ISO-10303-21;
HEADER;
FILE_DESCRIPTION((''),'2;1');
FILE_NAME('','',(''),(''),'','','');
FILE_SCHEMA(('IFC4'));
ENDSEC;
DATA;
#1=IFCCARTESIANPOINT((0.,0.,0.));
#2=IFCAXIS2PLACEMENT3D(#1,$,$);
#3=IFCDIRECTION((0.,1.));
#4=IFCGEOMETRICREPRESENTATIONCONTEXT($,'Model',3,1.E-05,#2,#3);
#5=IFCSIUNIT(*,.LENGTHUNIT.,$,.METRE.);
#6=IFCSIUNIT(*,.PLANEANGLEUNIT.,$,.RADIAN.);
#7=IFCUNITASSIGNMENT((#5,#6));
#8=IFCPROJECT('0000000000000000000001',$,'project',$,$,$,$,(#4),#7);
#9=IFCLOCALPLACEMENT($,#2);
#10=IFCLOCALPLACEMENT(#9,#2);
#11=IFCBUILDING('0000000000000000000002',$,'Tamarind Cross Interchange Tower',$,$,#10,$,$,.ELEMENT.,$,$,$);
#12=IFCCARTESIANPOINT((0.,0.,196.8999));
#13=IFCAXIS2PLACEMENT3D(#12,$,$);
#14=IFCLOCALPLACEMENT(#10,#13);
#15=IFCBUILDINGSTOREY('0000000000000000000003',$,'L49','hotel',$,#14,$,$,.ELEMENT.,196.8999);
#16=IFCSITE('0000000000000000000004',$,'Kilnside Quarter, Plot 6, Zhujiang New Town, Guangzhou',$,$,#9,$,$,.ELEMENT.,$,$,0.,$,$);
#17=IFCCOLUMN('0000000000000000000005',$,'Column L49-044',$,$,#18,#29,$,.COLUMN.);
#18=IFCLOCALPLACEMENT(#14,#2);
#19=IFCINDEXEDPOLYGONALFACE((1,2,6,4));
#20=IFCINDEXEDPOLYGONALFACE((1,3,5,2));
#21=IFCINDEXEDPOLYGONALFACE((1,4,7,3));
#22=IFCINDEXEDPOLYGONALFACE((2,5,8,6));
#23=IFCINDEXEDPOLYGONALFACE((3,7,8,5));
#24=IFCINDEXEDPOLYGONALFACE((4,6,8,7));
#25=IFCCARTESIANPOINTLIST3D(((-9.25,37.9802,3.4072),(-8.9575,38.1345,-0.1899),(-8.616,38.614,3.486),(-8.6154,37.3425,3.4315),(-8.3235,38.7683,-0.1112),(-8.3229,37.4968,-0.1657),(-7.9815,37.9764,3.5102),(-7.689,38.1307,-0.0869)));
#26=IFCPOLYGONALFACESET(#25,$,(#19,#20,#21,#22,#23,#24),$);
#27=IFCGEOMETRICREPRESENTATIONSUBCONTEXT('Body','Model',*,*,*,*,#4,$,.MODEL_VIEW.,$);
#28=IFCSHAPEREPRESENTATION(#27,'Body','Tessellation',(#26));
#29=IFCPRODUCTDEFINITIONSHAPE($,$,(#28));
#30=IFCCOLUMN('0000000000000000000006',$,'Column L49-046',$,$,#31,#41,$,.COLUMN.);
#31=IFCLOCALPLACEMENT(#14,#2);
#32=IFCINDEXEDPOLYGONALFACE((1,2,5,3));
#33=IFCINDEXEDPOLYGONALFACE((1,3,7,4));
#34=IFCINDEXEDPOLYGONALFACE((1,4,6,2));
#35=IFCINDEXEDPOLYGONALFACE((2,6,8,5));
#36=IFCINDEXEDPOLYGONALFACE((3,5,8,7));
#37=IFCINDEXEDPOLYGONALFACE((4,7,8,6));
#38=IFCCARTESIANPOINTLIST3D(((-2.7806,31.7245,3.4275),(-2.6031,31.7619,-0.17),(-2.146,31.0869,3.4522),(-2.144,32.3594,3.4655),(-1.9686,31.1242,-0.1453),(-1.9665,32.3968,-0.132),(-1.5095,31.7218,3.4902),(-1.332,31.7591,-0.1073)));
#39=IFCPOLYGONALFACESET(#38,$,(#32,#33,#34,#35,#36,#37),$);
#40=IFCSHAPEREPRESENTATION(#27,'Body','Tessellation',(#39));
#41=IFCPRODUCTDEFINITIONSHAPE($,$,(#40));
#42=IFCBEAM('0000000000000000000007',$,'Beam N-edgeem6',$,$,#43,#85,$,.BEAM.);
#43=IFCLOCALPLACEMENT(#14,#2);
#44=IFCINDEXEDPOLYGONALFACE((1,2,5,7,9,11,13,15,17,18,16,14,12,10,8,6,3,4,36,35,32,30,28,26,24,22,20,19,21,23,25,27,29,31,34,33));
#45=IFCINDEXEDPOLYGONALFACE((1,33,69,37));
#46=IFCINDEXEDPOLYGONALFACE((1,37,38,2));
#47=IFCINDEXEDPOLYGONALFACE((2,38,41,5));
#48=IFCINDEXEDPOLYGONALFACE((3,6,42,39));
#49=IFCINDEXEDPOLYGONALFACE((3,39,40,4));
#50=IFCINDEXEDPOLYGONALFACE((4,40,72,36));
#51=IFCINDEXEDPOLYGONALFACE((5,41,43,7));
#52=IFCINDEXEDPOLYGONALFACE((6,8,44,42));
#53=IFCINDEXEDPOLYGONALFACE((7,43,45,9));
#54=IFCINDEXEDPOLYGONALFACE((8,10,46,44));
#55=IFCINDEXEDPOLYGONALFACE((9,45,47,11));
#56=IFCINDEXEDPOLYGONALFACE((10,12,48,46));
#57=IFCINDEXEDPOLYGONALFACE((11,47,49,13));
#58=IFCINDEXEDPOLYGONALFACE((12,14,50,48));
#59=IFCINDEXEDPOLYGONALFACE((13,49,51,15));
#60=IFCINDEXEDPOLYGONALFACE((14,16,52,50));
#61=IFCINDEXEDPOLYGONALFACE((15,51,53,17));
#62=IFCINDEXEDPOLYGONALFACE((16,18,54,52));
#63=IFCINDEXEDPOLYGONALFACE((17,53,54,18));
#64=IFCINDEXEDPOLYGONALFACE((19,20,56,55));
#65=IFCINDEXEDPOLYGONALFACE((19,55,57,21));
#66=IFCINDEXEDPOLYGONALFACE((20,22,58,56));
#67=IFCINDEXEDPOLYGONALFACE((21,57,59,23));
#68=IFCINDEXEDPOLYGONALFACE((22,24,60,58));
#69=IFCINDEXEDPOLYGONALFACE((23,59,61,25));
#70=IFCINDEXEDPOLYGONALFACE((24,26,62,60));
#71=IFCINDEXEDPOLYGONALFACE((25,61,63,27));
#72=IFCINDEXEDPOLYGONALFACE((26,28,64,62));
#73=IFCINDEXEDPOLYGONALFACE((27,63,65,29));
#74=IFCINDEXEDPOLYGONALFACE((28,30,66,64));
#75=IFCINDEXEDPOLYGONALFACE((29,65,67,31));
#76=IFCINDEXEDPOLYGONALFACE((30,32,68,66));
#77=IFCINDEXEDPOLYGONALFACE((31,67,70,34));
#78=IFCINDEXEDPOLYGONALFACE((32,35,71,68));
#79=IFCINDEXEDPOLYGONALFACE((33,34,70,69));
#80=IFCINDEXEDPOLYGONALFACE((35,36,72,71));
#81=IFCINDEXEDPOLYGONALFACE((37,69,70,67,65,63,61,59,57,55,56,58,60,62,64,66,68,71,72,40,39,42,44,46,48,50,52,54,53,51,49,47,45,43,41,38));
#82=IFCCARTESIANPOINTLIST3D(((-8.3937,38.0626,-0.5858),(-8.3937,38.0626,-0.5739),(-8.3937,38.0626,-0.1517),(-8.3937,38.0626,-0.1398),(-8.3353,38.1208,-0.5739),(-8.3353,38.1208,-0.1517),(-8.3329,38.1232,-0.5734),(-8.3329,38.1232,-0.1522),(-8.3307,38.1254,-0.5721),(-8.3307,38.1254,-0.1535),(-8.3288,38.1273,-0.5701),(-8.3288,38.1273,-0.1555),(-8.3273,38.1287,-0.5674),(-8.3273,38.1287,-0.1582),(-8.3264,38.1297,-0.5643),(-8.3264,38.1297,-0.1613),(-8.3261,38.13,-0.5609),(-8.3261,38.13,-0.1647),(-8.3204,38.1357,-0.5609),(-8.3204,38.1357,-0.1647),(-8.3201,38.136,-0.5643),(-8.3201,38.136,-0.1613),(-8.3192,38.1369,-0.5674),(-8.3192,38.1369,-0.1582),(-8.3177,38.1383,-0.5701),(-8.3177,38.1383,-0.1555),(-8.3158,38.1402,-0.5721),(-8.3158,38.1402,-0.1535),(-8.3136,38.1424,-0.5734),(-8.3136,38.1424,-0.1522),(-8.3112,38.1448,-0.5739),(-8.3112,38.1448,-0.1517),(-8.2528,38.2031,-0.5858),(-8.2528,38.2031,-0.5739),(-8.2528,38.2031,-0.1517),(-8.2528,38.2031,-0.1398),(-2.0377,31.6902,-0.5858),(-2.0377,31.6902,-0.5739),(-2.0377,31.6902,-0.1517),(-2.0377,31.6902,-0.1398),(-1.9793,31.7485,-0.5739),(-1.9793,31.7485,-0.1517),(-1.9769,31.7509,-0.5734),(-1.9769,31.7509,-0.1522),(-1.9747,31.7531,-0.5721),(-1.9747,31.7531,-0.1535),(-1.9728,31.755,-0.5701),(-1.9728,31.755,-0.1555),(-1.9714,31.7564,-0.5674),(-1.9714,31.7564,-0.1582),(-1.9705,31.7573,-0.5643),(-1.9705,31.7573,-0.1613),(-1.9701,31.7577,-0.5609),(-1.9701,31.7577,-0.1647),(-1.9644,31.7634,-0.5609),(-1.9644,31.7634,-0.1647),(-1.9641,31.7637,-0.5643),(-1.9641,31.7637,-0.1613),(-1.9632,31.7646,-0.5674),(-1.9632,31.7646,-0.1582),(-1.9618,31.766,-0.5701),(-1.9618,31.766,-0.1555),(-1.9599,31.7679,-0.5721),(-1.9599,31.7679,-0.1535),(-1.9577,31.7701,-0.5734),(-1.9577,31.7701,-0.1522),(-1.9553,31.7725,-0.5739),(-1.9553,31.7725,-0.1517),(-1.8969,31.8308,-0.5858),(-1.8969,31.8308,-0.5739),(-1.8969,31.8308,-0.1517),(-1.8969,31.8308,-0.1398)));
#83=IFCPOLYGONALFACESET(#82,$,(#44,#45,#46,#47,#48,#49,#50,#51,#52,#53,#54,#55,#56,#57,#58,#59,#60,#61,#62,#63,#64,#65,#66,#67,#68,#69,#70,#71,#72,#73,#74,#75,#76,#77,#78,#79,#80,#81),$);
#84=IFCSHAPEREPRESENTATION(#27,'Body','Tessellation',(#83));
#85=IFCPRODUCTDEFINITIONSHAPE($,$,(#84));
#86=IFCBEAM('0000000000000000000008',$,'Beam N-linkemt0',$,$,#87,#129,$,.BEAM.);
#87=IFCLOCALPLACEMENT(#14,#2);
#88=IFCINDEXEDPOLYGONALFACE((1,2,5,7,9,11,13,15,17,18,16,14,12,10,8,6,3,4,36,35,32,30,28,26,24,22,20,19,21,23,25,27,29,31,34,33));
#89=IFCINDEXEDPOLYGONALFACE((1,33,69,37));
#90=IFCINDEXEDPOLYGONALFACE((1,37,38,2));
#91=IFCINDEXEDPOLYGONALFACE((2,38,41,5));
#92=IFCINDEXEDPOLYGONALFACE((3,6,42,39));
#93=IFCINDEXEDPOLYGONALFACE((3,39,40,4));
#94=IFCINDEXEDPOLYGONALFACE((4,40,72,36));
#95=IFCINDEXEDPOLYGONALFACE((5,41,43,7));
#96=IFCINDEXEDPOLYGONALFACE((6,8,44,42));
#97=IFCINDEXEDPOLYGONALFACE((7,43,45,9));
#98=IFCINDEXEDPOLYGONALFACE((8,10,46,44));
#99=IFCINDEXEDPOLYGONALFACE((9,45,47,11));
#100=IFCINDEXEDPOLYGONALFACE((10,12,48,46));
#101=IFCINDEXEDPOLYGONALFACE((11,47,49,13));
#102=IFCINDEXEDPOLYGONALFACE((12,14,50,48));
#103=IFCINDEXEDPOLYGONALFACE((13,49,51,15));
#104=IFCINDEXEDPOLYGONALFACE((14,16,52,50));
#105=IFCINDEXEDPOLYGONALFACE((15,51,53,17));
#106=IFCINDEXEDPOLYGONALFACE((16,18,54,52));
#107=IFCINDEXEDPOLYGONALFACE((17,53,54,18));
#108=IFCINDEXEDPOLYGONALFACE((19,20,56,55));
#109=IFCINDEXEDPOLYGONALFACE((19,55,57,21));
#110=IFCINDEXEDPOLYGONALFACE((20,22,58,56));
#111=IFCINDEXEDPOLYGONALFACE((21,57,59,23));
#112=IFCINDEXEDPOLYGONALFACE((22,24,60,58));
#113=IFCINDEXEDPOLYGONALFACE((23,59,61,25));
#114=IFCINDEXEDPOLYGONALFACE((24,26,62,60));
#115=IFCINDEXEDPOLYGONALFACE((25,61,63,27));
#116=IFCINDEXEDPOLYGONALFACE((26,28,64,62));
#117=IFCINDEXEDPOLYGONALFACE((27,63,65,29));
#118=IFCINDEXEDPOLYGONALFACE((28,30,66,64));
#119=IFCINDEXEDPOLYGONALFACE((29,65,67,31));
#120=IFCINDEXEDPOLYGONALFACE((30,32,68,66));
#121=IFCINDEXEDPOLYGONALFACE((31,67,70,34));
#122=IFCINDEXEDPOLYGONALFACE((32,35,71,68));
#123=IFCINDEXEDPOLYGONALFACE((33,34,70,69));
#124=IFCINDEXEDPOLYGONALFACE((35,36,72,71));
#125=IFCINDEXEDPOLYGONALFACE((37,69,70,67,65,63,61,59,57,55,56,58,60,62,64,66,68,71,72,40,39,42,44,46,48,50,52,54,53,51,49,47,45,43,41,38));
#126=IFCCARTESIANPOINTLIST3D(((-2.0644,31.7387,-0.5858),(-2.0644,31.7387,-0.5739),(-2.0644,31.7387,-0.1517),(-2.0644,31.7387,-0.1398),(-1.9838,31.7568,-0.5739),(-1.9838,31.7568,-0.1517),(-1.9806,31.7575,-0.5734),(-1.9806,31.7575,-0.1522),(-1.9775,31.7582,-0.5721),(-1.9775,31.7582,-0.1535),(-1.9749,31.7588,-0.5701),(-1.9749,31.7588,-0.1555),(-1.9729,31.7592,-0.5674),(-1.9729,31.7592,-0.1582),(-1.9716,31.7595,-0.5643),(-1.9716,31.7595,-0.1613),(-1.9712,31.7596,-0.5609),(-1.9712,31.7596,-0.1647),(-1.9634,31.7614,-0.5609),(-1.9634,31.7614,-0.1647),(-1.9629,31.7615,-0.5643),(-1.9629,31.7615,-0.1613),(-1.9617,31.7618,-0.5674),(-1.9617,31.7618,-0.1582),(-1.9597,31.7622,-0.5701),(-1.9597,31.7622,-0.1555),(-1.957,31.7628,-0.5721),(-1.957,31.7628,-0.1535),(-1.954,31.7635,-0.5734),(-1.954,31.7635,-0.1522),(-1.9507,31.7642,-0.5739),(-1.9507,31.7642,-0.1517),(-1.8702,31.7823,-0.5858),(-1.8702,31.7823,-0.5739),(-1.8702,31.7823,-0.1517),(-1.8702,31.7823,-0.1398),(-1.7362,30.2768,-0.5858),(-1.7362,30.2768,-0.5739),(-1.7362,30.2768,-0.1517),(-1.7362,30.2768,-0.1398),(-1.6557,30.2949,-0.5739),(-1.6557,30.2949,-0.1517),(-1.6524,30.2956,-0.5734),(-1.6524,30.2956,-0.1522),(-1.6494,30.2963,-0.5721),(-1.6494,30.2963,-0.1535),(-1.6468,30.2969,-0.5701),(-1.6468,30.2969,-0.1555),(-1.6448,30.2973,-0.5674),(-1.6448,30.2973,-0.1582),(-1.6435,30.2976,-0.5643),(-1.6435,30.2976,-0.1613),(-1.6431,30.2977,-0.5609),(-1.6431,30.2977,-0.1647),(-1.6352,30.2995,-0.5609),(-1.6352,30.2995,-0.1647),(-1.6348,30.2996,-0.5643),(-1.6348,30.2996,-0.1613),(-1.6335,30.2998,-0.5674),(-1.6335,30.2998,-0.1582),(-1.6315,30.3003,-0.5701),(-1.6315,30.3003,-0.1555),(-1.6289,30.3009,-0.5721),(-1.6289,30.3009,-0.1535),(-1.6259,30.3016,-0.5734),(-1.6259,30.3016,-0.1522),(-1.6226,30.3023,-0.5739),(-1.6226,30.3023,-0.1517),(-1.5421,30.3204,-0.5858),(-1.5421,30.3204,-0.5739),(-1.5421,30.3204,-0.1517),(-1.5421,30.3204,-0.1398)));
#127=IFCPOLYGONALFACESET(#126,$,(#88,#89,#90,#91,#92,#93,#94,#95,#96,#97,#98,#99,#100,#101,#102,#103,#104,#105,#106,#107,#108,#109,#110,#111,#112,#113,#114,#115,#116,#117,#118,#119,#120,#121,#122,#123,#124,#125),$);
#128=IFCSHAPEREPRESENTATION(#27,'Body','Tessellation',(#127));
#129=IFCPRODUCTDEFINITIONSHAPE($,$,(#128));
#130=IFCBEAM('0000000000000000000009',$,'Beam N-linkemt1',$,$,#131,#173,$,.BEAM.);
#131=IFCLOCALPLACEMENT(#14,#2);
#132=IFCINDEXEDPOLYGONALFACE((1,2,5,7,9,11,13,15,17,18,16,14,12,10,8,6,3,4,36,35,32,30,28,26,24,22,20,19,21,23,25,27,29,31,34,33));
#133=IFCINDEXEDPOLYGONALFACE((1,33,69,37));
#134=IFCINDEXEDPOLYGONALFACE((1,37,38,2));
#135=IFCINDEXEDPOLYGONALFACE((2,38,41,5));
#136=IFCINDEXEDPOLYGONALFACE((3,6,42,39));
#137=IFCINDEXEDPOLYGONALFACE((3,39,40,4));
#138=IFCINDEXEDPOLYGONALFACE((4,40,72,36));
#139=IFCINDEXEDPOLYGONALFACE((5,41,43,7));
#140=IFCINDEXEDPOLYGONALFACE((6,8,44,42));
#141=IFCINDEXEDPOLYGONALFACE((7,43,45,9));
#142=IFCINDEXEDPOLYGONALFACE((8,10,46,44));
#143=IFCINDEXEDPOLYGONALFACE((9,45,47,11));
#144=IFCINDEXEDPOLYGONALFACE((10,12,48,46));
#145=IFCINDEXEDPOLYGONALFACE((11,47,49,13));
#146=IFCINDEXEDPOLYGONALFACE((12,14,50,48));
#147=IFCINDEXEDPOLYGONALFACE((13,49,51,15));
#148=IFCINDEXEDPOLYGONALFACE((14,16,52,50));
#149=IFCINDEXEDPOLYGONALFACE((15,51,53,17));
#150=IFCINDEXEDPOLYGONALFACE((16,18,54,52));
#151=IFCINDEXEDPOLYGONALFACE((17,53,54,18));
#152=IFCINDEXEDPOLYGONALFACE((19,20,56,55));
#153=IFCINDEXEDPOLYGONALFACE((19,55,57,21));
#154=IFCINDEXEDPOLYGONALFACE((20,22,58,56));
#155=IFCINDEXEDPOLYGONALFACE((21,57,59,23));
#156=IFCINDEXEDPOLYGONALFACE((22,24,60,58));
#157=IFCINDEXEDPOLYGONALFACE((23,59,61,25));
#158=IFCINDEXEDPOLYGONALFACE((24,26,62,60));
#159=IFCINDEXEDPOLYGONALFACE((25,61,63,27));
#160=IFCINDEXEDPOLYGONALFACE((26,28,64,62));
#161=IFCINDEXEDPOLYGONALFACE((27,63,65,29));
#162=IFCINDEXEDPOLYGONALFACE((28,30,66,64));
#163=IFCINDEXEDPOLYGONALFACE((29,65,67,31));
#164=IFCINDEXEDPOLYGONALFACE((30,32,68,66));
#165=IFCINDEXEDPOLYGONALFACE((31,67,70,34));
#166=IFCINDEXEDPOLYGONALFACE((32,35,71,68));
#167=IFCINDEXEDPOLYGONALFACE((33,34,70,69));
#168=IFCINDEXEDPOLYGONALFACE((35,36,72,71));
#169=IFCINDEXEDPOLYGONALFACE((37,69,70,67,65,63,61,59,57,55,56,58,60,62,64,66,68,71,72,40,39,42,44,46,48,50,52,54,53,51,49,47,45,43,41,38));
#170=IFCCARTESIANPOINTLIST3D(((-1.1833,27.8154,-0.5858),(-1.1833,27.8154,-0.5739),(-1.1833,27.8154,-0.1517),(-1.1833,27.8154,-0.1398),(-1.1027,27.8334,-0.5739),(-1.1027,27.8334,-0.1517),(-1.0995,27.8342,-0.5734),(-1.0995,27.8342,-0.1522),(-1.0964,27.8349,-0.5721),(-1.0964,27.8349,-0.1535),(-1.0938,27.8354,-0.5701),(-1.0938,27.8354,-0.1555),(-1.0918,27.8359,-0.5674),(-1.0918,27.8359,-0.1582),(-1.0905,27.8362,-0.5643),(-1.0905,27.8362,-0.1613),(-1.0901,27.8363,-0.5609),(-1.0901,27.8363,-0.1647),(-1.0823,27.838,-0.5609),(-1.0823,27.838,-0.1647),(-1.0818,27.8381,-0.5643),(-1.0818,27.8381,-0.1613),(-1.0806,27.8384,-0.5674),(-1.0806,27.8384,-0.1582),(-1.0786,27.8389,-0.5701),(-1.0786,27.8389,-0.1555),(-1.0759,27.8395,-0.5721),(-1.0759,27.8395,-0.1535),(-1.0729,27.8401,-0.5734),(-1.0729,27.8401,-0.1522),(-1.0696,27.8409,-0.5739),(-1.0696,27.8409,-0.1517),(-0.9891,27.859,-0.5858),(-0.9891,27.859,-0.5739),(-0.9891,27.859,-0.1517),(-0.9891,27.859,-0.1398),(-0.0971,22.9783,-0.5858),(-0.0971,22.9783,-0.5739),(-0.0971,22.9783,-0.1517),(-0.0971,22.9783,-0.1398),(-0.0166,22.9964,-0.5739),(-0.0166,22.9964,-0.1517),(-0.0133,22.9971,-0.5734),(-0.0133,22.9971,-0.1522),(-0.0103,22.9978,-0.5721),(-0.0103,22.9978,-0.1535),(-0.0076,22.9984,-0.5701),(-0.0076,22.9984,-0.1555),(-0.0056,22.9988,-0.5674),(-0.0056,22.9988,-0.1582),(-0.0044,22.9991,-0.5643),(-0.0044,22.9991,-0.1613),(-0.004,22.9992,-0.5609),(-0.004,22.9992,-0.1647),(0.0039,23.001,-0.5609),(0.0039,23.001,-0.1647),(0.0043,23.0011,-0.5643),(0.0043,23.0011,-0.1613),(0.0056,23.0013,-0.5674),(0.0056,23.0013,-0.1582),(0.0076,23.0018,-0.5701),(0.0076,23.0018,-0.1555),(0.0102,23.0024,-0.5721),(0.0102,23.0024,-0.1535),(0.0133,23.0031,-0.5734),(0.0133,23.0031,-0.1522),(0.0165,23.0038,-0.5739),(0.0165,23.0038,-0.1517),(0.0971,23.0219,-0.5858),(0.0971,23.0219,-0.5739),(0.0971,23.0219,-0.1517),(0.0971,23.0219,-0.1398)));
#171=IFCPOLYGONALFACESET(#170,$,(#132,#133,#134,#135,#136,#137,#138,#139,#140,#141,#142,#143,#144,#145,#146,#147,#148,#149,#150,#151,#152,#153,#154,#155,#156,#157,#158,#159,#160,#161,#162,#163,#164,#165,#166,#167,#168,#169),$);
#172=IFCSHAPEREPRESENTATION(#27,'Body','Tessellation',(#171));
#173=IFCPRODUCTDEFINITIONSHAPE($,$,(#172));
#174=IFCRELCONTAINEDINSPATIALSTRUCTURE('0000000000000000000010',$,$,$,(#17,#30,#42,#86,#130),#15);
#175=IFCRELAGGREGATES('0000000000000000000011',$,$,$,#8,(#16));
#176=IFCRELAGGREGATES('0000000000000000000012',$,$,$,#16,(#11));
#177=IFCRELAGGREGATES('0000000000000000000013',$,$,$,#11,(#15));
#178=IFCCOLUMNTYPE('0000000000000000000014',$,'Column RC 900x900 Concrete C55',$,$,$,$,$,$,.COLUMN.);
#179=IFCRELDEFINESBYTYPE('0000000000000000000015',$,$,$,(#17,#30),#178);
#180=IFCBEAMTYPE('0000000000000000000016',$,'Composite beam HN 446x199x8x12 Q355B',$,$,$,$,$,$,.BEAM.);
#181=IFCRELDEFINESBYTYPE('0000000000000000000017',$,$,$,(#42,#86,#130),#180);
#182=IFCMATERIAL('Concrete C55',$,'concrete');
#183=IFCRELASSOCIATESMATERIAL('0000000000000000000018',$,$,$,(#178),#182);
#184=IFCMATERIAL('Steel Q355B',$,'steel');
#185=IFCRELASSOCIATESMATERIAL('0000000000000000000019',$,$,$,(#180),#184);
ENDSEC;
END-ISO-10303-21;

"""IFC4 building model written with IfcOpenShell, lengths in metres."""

from ifc_helpers import new_model, si_unit, direction, frame, origin, origin_2d, place, context, subcontext, project, spatial, rectangle, i_section, extrude, material, material_profile, profile_set, type_object, element, save


model = new_model("IFC4")

# Units and contexts
model_context = context("Model", 3, precision=1e-05, world=origin(), true_north=direction((0.0, 1.0)))
body_context = subcontext(model_context, "Body", "Model", "MODEL_VIEW")
ifc_project = project(units=[si_unit("LENGTHUNIT", "METRE"), si_unit("PLANEANGLEUNIT", "RADIAN")], contexts=[model_context])

# Site, building, storey
site_placement = place(None, origin())
site = spatial("IfcSite", under=ifc_project, at=site_placement, Name="Kilnside Quarter, Plot 6, Zhujiang New Town, Guangzhou", CompositionType="ELEMENT", RefElevation=0.0)
building_placement = place(site_placement, origin())
building = spatial("IfcBuilding", under=site, at=building_placement, Name="Tamarind Cross Interchange Tower", CompositionType="ELEMENT")
storey_placement = place(building_placement, frame((0.0, 0.0, 196.8999)))
storey = spatial("IfcBuildingStorey", under=building, at=storey_placement, Name="L49", Description="hotel", CompositionType="ELEMENT", Elevation=196.8999)

# Columns
ifc_material_1 = material(Name="Concrete C55", Category="concrete")
ifc_material_profile_1 = material_profile(ifc_material_1, rectangle(XDim=0.8999, YDim=0.8999, at=origin_2d()), Name="RC 900x900")
ifc_profile_set_1 = profile_set([ifc_material_profile_1], Name="Concrete C55")
column_type = type_object("IfcColumnType", Name="Column RC 900x900 Concrete C55", PredefinedType="COLUMN", material=ifc_profile_set_1)
column_1_placement = place(storey_placement, frame((-8.3232, 38.1326, -0.1384), z_axis=(-0.080967, -0.042714, 0.995801), x_axis=(0.705122, -0.708574, 0.026939)))
element("IfcColumn", 1, at=column_1_placement, inside=storey, type_object=column_type, Name="Column L49-044", PredefinedType="COLUMN", context=body_context, shape_type="SweptSolid", body=[
    extrude(rectangle(XDim=0.8999, YDim=0.8999, at=origin_2d()), origin(), (0.0, 0.0, 1.0), 3.6123),
])
column_2_placement = place(storey_placement, frame((-1.9675, 31.7605, -0.1387), z_axis=(-0.049276, -0.01037, 0.998731), x_axis=(0.705106, -0.708571, 0.027431)))
element("IfcColumn", 2, at=column_2_placement, inside=storey, type_object=column_type, Name="Column L49-046", PredefinedType="COLUMN", context=body_context, shape_type="SweptSolid", body=[
    extrude(rectangle(XDim=0.8999, YDim=0.8999, at=origin_2d()), origin(), (0.0, 0.0, 1.0), 3.6021),
])

# Beams
ifc_material_2 = material(Name="Steel Q355B", Category="steel")
ifc_material_profile_2 = material_profile(ifc_material_2, i_section(OverallWidth=0.199, OverallDepth=0.446, WebThickness=0.0081, FlangeThickness=0.012, FilletRadius=0.0129, at=origin_2d()), Name="HN 446x199x8x12")
ifc_profile_set_2 = profile_set([ifc_material_profile_2], Name="Steel Q355B")
beam_type_1 = type_object("IfcBeamType", Name="Composite beam HN 446x199x8x12 Q355B", PredefinedType="BEAM", material=ifc_profile_set_2)
beam_1_placement = place(storey_placement, frame((-8.3232, 38.1328, -0.3628), z_axis=(0.706197, -0.708015, 0.0), x_axis=(0.708015, 0.706197, 0.0)))
element("IfcBeam", 3, at=beam_1_placement, inside=storey, type_object=beam_type_1, Name="Beam N-edgeem6", PredefinedType="BEAM", context=body_context, shape_type="SweptSolid", body=[
    extrude(i_section(OverallWidth=0.199, OverallDepth=0.446, WebThickness=0.0081, FlangeThickness=0.012, FilletRadius=0.0129, at=origin_2d()), origin(), (0.0, 0.0, 1.0), 9.0002),
])
beam_2_placement = place(storey_placement, frame((-1.9673, 31.7605, -0.3628), z_axis=(0.219, -0.975725, 0.0), x_axis=(0.975725, 0.219, 0.0)))
element("IfcBeam", 4, at=beam_2_placement, inside=storey, type_object=beam_type_1, Name="Beam N-linkemt0", PredefinedType="BEAM", context=body_context, shape_type="SweptSolid", body=[
    extrude(i_section(OverallWidth=0.199, OverallDepth=0.446, WebThickness=0.0081, FlangeThickness=0.012, FilletRadius=0.0129, at=origin_2d()), origin(), (0.0, 0.0, 1.0), 1.4983),
])
beam_3_placement = place(storey_placement, frame((-1.0862, 27.8372, -0.3628), z_axis=(0.219094, -0.975704, 0.0), x_axis=(0.975704, 0.219094, 0.0)))
element("IfcBeam", 5, at=beam_3_placement, inside=storey, type_object=beam_type_1, Name="Beam N-linkemt1", PredefinedType="BEAM", context=body_context, shape_type="SweptSolid", body=[
    extrude(i_section(OverallWidth=0.199, OverallDepth=0.446, WebThickness=0.0081, FlangeThickness=0.012, FilletRadius=0.0129, at=origin_2d()), origin(), (0.0, 0.0, 1.0), 4.9575),
])

save(model, "model.ifc")
